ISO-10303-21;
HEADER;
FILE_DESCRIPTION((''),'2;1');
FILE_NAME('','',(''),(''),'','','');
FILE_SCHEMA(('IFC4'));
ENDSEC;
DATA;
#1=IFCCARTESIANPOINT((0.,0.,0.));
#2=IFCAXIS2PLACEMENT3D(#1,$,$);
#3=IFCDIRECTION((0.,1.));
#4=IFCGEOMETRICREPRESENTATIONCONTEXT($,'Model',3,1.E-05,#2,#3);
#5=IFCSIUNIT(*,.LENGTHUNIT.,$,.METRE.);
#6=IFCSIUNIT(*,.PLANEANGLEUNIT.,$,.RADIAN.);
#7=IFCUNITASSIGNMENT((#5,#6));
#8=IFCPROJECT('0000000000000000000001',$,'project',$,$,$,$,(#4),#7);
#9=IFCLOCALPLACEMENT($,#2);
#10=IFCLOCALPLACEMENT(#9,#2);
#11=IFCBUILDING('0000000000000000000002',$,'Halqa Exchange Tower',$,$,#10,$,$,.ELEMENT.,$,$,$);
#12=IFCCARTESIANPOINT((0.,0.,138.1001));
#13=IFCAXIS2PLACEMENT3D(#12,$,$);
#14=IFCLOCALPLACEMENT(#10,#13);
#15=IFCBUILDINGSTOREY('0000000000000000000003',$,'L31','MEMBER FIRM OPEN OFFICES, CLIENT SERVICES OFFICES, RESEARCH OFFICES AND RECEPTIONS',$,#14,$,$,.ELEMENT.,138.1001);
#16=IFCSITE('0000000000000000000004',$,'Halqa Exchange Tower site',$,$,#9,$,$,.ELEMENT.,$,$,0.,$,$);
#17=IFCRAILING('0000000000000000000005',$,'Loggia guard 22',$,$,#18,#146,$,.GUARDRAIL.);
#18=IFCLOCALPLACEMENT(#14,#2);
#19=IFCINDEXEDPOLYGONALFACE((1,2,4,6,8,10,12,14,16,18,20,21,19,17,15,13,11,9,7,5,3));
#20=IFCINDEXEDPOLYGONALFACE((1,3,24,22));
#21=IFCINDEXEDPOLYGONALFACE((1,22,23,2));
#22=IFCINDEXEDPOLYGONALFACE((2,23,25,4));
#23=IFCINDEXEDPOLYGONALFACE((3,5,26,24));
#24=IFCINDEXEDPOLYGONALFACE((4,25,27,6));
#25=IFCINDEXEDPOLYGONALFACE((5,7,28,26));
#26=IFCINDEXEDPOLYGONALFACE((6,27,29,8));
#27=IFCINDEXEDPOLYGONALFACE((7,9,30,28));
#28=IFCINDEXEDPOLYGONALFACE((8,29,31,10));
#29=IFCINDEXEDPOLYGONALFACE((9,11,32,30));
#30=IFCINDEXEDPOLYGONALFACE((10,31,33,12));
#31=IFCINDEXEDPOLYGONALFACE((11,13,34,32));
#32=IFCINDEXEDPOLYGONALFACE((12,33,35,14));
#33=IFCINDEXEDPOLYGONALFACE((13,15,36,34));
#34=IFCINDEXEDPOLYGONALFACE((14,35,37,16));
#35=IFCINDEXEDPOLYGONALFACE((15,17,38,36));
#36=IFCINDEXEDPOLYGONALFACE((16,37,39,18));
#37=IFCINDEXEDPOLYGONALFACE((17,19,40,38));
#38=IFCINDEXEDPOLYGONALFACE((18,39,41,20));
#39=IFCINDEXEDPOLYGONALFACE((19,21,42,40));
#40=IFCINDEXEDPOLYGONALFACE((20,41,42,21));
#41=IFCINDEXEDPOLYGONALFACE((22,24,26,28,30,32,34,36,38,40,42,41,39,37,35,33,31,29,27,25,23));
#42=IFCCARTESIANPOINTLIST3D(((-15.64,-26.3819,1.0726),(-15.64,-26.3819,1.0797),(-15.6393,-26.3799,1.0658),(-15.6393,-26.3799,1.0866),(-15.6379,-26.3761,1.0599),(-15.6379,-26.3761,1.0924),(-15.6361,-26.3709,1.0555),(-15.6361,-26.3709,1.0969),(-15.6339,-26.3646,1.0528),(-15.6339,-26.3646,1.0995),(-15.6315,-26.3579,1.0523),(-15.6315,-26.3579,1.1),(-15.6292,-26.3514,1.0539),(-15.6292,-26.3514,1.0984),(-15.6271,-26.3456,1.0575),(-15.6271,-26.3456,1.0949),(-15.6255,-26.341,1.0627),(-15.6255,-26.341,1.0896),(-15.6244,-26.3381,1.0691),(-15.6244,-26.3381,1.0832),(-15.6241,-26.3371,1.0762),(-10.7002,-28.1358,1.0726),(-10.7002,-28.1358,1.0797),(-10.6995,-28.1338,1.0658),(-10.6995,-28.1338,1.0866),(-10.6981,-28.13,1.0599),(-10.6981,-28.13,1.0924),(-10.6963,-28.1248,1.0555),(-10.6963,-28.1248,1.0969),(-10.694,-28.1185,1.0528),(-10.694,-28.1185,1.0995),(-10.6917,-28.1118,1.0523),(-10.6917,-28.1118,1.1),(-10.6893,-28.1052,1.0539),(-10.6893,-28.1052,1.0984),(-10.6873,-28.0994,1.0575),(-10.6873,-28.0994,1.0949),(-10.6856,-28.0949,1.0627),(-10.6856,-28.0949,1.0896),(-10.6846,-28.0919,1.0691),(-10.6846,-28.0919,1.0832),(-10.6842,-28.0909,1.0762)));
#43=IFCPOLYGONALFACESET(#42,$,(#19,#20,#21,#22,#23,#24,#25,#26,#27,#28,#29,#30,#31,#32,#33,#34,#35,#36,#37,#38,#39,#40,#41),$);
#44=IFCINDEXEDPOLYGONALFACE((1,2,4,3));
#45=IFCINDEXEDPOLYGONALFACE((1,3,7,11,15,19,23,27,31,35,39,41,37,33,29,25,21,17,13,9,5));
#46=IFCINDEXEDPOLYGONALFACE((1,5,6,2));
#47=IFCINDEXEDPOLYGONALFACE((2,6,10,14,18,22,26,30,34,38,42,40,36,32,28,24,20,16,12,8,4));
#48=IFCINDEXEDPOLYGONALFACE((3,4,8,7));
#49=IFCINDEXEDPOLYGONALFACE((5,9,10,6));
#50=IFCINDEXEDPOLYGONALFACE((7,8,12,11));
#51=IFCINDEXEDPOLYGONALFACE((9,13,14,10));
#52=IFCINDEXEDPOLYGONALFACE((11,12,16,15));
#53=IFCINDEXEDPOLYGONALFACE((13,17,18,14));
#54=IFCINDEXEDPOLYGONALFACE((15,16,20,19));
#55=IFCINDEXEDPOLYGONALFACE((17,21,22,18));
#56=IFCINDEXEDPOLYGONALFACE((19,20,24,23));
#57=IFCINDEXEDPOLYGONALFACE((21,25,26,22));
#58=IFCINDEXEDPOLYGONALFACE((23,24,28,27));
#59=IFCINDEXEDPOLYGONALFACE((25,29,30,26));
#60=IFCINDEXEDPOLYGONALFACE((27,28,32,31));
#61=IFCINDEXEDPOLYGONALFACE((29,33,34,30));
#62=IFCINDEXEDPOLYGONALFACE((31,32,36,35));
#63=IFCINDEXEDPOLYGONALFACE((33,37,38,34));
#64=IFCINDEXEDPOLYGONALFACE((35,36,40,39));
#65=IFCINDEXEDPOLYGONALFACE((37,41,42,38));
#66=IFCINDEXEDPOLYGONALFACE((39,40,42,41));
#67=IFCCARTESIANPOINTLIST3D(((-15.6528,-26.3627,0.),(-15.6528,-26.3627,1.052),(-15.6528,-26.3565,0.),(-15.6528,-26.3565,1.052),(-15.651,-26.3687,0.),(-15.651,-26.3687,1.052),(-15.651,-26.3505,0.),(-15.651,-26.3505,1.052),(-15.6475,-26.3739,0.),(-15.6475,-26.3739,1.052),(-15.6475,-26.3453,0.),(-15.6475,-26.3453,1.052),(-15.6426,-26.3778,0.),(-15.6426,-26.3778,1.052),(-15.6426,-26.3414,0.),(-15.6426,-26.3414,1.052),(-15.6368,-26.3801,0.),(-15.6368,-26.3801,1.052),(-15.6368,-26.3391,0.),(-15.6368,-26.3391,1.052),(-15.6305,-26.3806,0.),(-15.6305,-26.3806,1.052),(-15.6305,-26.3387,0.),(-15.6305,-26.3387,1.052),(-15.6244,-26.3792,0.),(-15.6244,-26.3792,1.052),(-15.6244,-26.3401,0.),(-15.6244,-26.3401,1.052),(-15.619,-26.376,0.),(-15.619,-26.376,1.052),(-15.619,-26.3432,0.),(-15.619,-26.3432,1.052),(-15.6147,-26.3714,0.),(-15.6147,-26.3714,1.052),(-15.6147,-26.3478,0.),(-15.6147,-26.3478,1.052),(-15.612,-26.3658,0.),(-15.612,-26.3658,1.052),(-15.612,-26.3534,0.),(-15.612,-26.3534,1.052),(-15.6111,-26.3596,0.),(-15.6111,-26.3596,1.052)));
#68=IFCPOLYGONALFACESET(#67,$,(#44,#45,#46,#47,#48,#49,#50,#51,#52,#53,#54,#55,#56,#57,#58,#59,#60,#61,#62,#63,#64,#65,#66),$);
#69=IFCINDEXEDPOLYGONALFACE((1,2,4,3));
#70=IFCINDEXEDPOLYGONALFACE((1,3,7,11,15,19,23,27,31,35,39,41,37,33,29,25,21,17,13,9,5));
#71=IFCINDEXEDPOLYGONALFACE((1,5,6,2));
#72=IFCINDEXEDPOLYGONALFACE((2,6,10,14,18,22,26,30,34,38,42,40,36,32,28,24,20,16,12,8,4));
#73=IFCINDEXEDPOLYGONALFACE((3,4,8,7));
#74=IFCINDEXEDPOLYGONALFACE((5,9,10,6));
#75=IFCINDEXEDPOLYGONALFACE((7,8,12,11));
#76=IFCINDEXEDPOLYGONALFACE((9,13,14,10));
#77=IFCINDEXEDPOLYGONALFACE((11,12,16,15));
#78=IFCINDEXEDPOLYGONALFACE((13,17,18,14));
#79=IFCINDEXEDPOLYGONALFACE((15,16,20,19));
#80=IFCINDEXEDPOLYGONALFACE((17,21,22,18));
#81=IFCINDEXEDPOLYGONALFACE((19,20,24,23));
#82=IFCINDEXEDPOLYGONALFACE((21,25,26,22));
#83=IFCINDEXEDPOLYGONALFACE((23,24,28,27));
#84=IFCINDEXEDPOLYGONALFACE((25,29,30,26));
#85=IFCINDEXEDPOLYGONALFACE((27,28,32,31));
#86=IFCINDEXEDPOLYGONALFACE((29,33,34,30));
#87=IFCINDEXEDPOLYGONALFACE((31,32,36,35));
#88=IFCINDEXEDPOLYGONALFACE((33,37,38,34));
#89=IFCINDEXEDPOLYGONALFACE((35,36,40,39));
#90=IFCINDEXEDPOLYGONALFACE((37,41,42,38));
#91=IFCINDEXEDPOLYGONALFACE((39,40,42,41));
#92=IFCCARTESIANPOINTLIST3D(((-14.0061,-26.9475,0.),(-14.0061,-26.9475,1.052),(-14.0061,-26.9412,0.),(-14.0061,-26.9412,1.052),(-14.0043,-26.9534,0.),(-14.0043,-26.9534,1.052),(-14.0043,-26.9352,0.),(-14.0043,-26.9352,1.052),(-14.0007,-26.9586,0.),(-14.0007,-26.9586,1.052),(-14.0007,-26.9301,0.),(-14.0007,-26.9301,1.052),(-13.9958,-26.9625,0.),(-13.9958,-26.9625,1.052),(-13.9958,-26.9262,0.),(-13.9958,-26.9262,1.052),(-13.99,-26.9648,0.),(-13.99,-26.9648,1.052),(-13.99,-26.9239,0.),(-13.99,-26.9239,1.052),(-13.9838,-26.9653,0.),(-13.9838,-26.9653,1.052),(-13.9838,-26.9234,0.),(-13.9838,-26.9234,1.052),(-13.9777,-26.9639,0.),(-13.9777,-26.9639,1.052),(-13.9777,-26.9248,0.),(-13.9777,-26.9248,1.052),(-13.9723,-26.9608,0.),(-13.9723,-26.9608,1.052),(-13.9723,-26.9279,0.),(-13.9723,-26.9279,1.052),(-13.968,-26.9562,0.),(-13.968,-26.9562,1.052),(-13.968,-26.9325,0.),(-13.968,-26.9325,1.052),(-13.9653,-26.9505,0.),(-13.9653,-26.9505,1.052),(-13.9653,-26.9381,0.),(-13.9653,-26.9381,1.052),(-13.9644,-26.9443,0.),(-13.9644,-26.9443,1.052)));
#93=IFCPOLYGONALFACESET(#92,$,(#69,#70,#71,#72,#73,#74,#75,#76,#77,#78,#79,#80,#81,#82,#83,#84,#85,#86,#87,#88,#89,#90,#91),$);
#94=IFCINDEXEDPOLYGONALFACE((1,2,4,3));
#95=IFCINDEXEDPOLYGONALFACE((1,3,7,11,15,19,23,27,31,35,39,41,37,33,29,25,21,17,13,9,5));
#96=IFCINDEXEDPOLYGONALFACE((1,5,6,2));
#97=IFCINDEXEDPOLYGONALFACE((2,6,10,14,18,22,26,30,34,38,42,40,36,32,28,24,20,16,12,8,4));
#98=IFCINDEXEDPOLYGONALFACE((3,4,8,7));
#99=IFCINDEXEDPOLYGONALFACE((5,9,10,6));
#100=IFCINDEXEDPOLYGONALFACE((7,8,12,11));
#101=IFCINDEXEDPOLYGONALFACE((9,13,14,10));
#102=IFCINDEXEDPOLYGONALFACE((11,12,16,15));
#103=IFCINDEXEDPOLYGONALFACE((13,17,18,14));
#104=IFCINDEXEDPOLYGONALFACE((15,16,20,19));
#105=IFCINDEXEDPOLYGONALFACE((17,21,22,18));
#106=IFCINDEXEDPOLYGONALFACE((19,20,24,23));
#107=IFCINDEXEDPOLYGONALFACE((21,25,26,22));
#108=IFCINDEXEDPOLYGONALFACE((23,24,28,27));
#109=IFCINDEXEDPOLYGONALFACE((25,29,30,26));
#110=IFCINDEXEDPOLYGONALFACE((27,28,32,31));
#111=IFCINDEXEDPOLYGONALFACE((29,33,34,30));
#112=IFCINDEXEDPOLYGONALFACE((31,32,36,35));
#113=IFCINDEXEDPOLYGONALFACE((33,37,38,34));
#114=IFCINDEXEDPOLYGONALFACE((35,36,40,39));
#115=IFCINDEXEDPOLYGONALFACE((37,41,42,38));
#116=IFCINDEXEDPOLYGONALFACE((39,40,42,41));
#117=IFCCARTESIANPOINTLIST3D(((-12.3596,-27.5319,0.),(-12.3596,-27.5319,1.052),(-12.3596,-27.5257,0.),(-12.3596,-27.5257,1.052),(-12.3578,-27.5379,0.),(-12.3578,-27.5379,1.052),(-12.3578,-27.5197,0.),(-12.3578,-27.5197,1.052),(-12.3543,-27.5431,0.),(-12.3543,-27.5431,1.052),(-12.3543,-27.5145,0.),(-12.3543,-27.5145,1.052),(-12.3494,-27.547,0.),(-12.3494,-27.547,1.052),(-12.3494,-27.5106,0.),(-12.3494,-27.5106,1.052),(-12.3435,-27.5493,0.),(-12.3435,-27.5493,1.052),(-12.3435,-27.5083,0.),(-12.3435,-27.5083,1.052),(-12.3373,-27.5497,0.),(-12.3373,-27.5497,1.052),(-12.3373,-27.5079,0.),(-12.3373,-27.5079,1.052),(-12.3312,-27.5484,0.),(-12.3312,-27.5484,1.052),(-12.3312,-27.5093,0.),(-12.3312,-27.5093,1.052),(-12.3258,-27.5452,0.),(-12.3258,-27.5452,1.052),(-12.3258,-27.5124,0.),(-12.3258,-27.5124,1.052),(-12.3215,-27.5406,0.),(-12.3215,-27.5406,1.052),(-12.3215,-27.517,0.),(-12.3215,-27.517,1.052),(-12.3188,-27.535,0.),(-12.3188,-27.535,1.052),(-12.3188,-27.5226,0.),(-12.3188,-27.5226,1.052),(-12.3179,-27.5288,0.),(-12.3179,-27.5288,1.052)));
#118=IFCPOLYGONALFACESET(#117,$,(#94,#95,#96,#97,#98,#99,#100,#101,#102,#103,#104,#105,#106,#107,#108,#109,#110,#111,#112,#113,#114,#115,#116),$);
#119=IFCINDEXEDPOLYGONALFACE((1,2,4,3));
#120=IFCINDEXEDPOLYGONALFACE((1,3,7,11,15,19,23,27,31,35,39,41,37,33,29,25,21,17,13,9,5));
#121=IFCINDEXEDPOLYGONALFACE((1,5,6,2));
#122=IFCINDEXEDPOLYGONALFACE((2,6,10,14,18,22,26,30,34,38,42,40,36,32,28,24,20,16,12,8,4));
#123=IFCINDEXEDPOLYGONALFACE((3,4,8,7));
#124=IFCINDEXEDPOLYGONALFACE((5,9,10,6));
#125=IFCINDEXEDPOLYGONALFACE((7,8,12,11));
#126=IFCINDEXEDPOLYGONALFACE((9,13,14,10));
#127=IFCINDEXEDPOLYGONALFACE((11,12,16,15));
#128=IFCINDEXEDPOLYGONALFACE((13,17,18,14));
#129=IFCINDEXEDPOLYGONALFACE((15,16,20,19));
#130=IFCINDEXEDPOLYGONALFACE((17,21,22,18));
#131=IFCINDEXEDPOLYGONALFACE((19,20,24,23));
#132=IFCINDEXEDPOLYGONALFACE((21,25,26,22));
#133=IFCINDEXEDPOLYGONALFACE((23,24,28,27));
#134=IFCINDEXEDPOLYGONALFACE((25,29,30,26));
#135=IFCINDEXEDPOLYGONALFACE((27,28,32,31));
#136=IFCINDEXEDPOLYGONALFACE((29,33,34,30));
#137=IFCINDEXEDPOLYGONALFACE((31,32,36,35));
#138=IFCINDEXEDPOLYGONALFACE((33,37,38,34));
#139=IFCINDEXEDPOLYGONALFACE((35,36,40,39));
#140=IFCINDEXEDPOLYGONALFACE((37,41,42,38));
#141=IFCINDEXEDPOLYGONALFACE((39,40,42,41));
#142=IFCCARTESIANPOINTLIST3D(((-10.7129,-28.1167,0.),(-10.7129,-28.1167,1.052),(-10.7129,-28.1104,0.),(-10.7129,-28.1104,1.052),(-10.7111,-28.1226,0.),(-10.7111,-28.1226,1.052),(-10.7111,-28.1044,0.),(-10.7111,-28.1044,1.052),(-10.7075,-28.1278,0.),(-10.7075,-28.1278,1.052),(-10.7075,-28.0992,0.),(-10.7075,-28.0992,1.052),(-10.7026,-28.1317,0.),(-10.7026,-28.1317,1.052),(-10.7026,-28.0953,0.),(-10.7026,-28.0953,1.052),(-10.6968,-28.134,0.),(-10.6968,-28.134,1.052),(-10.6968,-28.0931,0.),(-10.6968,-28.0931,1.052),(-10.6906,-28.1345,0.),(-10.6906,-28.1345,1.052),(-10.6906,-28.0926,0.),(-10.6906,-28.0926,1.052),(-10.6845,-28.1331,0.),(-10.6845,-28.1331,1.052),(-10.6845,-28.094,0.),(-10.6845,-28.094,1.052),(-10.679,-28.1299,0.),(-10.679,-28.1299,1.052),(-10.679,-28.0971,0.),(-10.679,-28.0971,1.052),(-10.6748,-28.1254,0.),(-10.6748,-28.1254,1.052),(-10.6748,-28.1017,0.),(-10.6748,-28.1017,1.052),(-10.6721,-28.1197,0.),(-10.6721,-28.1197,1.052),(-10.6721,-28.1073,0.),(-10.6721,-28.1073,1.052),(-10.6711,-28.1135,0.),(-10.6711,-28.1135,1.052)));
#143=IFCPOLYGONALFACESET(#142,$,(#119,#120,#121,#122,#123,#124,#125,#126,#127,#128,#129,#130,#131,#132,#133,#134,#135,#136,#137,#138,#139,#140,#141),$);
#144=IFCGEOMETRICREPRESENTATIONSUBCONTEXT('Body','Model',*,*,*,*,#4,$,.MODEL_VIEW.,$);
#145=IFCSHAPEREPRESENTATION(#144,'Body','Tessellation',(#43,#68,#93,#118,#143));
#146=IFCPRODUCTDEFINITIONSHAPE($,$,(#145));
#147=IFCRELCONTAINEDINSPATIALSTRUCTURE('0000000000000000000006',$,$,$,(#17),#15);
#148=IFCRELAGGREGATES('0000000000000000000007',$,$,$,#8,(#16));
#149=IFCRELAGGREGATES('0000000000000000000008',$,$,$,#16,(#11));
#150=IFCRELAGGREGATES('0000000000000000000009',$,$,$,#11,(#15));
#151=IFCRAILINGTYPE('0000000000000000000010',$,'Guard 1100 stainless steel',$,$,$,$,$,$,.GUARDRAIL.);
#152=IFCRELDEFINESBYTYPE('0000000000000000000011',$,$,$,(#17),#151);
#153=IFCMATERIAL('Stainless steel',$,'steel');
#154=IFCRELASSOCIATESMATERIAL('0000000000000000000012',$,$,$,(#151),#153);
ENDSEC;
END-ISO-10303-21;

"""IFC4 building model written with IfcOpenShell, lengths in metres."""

from ifc_helpers import new_model, si_unit, direction, frame, origin, origin_2d, place, context, subcontext, project, spatial, circle, extrude, material, type_object, element, save


model = new_model("IFC4")

# Units and contexts
model_context = context("Model", 3, precision=1e-05, world=origin(), true_north=direction((0.0, 1.0)))
body_context = subcontext(model_context, "Body", "Model", "MODEL_VIEW")
ifc_project = project(units=[si_unit("LENGTHUNIT", "METRE"), si_unit("PLANEANGLEUNIT", "RADIAN")], contexts=[model_context])

# Site, building, storey
site_placement = place(None, origin())
site = spatial("IfcSite", under=ifc_project, at=site_placement, Name="Halqa Exchange Tower site", CompositionType="ELEMENT", RefElevation=0.0)
building_placement = place(site_placement, origin())
building = spatial("IfcBuilding", under=site, at=building_placement, Name="Halqa Exchange Tower", CompositionType="ELEMENT")
storey_placement = place(building_placement, frame((0.0, 0.0, 138.1001)))
storey = spatial("IfcBuildingStorey", under=building, at=storey_placement, Name="L31", Description="MEMBER FIRM OPEN OFFICES, CLIENT SERVICES OFFICES, RESEARCH OFFICES AND RECEPTIONS", CompositionType="ELEMENT", Elevation=138.1001)

# Railing
ifc_material_1 = material(Name="Stainless steel", Category="steel")
railing_type = type_object("IfcRailingType", Name="Guard 1100 stainless steel", PredefinedType="GUARDRAIL", material=ifc_material_1)
railing_1_placement = place(storey_placement, frame((-15.6321, -26.3596, 0.0)))
element("IfcRailing", 1, at=railing_1_placement, inside=storey, type_object=railing_type, Name="Loggia guard 22", PredefinedType="GUARDRAIL", context=body_context, shape_type="SweptSolid", body=[
    extrude(circle(Radius=0.0239, at=origin_2d()), frame((0.0, 0.0, 1.0762), z_axis=(0.942366, -0.334583, 0.0), x_axis=(0.334583, 0.942366, 0.0)), (0.0, 0.0, 1.0), 5.2419),
    extrude(circle(Radius=0.021, at=origin_2d()), origin(), (0.0, 0.0, 1.0), 1.052),
    extrude(circle(Radius=0.021, at=origin_2d()), frame((1.6467, -0.5847, 0.0)), (0.0, 0.0, 1.0), 1.052),
    extrude(circle(Radius=0.021, at=origin_2d()), frame((3.2932, -1.1692, 0.0)), (0.0, 0.0, 1.0), 1.052),
    extrude(circle(Radius=0.021, at=origin_2d()), frame((4.9399, -1.7539, 0.0)), (0.0, 0.0, 1.0), 1.052),
])

save(model, "model.ifc")
